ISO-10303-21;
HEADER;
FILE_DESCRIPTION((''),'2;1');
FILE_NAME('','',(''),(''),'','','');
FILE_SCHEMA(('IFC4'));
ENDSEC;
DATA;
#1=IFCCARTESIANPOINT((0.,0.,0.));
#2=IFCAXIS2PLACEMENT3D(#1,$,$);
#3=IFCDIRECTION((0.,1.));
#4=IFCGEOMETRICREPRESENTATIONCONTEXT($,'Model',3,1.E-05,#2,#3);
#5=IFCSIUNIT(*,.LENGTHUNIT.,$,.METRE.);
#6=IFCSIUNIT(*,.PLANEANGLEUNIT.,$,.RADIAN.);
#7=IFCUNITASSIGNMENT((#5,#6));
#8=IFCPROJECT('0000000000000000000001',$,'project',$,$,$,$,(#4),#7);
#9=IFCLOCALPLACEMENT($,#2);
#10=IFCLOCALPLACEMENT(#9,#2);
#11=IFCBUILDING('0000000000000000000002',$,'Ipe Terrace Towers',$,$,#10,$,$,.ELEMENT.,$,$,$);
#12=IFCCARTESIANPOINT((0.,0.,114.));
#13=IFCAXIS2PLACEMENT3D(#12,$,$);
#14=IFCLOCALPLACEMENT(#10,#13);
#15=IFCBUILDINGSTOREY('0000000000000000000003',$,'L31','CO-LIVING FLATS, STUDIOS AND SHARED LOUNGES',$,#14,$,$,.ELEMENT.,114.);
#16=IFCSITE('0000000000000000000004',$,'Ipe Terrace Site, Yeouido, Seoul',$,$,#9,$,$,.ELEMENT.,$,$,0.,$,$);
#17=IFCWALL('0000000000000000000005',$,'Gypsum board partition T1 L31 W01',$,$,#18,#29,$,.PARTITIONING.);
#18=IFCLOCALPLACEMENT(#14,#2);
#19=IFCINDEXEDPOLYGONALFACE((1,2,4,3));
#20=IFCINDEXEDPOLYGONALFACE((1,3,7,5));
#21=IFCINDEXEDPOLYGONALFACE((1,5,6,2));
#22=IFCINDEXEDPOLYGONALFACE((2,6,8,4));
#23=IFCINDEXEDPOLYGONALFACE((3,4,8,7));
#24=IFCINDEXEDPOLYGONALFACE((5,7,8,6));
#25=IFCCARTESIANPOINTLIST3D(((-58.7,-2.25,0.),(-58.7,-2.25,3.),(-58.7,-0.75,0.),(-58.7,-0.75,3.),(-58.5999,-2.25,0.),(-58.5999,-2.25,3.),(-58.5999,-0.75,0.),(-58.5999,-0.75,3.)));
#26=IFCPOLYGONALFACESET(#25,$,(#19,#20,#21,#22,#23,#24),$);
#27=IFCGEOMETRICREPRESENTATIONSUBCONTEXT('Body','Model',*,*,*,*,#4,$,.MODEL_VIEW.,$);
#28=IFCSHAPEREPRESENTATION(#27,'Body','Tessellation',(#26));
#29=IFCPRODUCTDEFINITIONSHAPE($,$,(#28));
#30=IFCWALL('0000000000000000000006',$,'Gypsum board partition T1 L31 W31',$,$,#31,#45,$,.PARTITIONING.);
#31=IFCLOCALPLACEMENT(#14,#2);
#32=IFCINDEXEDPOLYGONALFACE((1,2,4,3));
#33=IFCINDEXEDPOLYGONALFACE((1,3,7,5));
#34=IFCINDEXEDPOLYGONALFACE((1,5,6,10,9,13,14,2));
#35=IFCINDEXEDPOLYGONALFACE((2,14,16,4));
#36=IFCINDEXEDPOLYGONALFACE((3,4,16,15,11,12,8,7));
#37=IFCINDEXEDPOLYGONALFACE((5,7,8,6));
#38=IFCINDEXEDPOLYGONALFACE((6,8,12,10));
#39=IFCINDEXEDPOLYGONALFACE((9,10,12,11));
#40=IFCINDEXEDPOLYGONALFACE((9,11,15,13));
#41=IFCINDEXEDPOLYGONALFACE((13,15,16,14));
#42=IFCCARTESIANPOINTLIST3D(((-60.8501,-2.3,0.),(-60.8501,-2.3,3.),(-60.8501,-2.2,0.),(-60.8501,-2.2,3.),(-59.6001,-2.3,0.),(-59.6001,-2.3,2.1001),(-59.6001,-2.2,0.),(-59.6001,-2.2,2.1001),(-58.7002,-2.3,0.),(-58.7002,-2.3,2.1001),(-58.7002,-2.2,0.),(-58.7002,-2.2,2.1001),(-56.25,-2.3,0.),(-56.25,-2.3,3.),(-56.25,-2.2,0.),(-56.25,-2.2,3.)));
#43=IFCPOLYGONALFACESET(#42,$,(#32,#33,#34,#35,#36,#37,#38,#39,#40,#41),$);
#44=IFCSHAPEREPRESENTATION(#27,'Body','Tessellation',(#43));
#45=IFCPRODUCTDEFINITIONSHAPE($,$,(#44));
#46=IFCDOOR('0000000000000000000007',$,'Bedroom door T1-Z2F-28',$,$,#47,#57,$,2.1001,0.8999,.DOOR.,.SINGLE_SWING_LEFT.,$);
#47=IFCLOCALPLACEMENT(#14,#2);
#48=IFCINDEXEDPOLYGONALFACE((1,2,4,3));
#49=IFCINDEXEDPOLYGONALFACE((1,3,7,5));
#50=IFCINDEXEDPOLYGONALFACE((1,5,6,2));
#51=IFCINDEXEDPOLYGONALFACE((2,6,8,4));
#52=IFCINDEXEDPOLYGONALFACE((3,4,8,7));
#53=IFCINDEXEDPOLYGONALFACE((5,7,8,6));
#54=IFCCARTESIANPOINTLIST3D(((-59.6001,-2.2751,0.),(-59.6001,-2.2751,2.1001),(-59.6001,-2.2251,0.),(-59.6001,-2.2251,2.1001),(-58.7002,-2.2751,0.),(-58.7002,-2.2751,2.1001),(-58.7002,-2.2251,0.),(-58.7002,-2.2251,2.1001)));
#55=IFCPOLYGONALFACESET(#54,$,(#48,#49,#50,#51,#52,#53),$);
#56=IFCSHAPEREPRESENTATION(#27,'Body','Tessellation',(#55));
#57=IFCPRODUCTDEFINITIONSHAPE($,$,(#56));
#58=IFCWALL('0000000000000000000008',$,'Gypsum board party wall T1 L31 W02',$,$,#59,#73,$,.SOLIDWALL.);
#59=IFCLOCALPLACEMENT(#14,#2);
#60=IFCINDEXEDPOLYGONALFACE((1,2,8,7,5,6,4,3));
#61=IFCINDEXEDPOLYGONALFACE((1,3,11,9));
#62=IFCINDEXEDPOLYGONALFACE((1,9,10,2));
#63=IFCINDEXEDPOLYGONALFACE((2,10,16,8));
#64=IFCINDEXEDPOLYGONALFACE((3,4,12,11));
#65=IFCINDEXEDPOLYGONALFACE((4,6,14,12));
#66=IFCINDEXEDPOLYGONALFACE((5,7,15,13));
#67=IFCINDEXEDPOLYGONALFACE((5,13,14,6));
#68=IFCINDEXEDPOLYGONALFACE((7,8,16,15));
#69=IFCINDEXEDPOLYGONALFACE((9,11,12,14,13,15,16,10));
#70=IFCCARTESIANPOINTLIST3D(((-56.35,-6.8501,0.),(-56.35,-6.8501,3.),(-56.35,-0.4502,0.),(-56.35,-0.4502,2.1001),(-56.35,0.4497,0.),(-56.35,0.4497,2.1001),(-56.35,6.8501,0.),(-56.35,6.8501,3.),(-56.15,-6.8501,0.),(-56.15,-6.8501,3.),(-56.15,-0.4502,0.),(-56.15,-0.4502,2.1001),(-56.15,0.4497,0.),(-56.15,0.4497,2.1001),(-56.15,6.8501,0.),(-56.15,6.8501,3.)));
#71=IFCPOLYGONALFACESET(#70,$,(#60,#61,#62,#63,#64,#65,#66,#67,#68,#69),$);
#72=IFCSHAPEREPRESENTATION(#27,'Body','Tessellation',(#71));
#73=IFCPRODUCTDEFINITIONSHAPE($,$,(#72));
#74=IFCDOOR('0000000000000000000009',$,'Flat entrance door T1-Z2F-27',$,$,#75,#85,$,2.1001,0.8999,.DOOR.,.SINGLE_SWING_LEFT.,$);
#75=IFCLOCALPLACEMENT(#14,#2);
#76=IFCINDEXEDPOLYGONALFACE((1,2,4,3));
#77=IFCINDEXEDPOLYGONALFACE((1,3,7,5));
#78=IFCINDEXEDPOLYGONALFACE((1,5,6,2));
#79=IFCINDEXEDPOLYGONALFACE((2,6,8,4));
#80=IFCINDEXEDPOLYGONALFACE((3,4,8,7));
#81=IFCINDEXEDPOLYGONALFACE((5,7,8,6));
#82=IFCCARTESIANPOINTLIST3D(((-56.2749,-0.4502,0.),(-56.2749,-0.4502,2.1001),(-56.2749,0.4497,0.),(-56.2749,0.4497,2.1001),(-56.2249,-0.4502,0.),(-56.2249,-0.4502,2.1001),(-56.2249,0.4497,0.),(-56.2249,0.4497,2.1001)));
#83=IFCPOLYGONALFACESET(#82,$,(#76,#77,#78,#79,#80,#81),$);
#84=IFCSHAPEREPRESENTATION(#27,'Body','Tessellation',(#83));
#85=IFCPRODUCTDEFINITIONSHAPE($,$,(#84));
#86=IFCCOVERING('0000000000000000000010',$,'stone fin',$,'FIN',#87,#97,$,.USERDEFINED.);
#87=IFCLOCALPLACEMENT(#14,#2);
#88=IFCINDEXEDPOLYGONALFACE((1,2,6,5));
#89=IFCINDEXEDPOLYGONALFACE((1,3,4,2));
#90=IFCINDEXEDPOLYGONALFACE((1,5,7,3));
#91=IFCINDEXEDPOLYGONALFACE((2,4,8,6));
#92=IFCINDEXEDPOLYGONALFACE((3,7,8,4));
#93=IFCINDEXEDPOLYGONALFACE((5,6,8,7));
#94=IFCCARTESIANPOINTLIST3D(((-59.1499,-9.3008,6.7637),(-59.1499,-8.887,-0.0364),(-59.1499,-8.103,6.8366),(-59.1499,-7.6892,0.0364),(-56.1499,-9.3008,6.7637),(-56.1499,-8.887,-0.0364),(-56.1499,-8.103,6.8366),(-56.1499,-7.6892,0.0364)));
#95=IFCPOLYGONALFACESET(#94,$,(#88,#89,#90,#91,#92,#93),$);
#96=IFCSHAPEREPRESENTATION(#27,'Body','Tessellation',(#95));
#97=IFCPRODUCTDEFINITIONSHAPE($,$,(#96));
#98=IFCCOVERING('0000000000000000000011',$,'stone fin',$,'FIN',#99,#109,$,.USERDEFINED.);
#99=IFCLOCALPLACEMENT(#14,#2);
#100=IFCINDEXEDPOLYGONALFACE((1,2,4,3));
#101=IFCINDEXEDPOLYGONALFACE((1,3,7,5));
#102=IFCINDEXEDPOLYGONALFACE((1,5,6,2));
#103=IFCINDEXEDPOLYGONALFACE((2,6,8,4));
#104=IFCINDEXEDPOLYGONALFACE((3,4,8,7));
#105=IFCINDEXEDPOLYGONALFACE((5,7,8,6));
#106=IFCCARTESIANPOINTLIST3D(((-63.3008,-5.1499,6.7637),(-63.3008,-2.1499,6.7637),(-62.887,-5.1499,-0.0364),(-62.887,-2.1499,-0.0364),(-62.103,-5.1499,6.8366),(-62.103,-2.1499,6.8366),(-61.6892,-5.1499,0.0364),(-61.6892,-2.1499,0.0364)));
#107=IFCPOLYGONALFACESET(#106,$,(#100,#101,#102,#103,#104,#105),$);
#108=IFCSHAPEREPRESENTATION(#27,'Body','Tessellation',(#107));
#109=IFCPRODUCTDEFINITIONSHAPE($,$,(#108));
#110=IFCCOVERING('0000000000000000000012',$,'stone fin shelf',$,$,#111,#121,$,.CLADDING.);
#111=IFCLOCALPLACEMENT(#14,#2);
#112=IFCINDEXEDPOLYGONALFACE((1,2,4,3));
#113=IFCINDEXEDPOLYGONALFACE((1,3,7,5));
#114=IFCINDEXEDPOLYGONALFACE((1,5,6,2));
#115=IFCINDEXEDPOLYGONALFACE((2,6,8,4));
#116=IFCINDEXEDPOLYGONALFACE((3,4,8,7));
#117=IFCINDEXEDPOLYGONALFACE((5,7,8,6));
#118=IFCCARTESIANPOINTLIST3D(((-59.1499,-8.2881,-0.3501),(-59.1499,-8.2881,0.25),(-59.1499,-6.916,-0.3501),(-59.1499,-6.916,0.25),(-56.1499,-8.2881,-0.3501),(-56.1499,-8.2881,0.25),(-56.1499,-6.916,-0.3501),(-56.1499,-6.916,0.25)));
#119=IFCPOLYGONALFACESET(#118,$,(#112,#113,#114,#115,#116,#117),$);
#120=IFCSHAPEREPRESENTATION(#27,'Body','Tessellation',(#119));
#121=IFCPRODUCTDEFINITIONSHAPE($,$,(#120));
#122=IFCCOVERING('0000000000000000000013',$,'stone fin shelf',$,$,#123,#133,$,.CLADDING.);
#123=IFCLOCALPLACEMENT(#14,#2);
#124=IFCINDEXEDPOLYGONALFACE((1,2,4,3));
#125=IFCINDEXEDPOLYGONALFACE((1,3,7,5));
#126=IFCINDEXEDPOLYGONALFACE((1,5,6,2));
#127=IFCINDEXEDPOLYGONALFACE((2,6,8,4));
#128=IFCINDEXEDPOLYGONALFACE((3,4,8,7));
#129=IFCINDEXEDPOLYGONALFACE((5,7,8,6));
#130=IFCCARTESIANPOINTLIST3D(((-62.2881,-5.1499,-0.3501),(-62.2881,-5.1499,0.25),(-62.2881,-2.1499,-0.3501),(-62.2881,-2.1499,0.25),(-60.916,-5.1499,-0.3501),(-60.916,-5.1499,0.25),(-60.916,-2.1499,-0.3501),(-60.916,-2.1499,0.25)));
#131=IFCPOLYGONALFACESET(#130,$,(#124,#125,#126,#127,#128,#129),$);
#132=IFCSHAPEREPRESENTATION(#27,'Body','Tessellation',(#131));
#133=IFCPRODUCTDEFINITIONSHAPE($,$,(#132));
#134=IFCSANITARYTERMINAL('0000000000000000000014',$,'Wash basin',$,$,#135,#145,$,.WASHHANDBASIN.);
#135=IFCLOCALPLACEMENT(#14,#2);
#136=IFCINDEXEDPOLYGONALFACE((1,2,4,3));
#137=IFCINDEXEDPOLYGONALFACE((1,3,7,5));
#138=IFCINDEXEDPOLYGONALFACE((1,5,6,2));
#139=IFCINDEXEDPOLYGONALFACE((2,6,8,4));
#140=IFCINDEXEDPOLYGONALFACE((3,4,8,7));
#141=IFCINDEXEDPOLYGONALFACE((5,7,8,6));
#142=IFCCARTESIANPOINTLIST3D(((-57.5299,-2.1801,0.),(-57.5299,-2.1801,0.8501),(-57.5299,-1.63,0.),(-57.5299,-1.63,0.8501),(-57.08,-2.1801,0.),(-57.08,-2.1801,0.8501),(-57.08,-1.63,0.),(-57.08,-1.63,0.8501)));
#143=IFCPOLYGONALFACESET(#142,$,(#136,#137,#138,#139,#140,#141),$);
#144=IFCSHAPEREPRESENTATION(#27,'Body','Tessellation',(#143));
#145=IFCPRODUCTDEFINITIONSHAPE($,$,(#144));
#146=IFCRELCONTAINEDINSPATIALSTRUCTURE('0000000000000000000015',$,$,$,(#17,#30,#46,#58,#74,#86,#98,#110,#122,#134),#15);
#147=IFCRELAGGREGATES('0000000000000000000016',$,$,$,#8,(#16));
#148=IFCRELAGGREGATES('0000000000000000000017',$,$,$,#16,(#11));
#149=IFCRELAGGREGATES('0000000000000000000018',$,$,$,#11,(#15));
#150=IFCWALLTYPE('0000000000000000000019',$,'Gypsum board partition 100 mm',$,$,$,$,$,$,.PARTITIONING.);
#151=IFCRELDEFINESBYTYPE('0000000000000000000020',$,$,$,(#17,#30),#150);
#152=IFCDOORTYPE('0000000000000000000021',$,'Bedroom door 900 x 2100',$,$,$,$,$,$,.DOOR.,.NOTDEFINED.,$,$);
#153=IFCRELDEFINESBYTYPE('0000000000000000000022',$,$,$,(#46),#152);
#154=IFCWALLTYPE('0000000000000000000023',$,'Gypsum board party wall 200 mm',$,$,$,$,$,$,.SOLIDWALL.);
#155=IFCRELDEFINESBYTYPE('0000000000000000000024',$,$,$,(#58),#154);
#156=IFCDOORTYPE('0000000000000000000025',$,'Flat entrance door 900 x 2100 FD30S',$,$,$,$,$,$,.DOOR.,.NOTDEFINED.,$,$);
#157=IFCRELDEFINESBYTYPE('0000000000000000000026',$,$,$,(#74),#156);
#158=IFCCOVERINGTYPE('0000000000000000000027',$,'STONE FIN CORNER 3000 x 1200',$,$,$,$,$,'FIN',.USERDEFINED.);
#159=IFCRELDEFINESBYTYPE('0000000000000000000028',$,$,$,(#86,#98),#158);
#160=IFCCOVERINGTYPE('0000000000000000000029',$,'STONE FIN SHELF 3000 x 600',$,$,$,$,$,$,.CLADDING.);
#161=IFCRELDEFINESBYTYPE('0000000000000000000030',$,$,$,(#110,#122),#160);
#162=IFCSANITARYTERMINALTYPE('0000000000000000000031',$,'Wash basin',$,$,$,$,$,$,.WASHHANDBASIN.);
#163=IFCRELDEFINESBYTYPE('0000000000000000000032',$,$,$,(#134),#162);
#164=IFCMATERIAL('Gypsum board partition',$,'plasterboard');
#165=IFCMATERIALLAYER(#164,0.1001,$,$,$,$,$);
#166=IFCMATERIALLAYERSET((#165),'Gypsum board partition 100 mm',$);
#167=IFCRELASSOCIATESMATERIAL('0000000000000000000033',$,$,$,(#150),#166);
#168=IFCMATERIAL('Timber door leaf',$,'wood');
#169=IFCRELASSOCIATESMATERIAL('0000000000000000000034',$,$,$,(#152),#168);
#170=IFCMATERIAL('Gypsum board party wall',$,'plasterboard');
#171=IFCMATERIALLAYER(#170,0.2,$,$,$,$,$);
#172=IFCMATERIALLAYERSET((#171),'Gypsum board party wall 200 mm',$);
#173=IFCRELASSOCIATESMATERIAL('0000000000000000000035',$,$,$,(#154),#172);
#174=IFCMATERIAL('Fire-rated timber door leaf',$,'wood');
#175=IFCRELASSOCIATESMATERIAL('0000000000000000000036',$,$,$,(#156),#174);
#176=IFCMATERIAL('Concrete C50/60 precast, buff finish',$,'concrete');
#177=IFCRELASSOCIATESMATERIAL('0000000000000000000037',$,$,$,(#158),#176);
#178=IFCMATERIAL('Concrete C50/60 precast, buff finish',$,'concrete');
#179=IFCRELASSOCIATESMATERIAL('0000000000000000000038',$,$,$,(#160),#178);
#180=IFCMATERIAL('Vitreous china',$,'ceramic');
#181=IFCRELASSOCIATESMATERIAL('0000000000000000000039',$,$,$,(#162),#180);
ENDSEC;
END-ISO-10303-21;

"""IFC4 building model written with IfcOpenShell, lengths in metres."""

from ifc_helpers import new_model, si_unit, direction, frame, frame_2d, origin, origin_2d, place, context, subcontext, project, spatial, rectangle, extrude, material, layer, layer_set, material_profile, profile_set, type_object, element, fill, save


model = new_model("IFC4")

# Units and contexts
model_context = context("Model", 3, precision=1e-05, world=origin(), true_north=direction((0.0, 1.0)))
body_context = subcontext(model_context, "Body", "Model", "MODEL_VIEW")
ifc_project = project(units=[si_unit("LENGTHUNIT", "METRE"), si_unit("PLANEANGLEUNIT", "RADIAN")], contexts=[model_context])

# Site, building, storey
site_placement = place(None, origin())
site = spatial("IfcSite", under=ifc_project, at=site_placement, Name="Ipe Terrace Site, Yeouido, Seoul", CompositionType="ELEMENT", RefElevation=0.0)
building_placement = place(site_placement, origin())
building = spatial("IfcBuilding", under=site, at=building_placement, Name="Ipe Terrace Towers", CompositionType="ELEMENT")
storey_placement = place(building_placement, frame((0.0, 0.0, 114.0)))
storey = spatial("IfcBuildingStorey", under=building, at=storey_placement, Name="L31", Description="CO-LIVING FLATS, STUDIOS AND SHARED LOUNGES", CompositionType="ELEMENT", Elevation=114.0)

# Wall
ifc_material_1 = material(Name="Gypsum board partition", Category="plasterboard")
ifc_layer_1 = layer(ifc_material_1, 0.1001)
ifc_layer_set_1 = layer_set([ifc_layer_1], Name="Gypsum board partition 100 mm")
wall_type_1 = type_object("IfcWallType", Name="Gypsum board partition 100 mm", PredefinedType="PARTITIONING", material=ifc_layer_set_1)
wall_1_placement = place(storey_placement, frame((-58.6499, -2.25, 0.0), z_axis=(0.0, 0.0, 1.0), x_axis=(0.0, 1.0, 0.0)))
element("IfcWall", 1, at=wall_1_placement, inside=storey, type_object=wall_type_1, Name="Gypsum board partition T1 L31 W01", PredefinedType="PARTITIONING", context=body_context, shape_type="SweptSolid", body=[
    extrude(rectangle(XDim=1.5, YDim=0.1001, at=frame_2d((0.75, 0.0))), origin(), (0.0, 0.0, 1.0), 3.0),
])

# Walls, openings, doors
wall_2_placement = place(storey_placement, frame((-60.8501, -2.25, 0.0), z_axis=(0.0, 0.0, 1.0), x_axis=(1.0, 0.0, 0.0)))
wall_2 = element("IfcWall", 2, at=wall_2_placement, inside=storey, type_object=wall_type_1, Name="Gypsum board partition T1 L31 W31", PredefinedType="PARTITIONING", context=body_context, shape_type="SweptSolid", body=[
    extrude(rectangle(XDim=4.6001, YDim=0.1001, at=frame_2d((2.3, 0.0))), origin(), (0.0, 0.0, 1.0), 3.0),
])
opening_1_placement = place(wall_2_placement, frame((1.25, 0.0, 0.0)))
opening_1 = element("IfcOpeningElement", 3, at=opening_1_placement, cuts=wall_2, PredefinedType="OPENING", context=body_context, shape_type="SweptSolid", body=[
    extrude(rectangle(XDim=0.8999, YDim=2.1001, at=frame_2d((0.45, 1.05))), frame((0.0, 0.0601, 0.0), z_axis=(0.0, -1.0, 0.0), x_axis=(1.0, 0.0, 0.0)), (0.0, 0.0, 1.0), 0.1201),
])
ifc_material_2 = material(Name="Timber door leaf", Category="wood")
door_type_1 = type_object("IfcDoorType", Name="Bedroom door 900 x 2100", OperationType="NOTDEFINED", PredefinedType="DOOR", material=ifc_material_2)
door_1_placement = place(opening_1_placement, origin())
door_1 = element("IfcDoor", 4, at=door_1_placement, inside=storey, type_object=door_type_1, Name="Bedroom door T1-Z2F-28", OperationType="SINGLE_SWING_LEFT", OverallHeight=2.1001, OverallWidth=0.8999, PredefinedType="DOOR", context=body_context, shape_type="SweptSolid", body=[
    extrude(rectangle(XDim=0.8999, YDim=2.1001, at=frame_2d((0.45, 1.05))), frame((0.0, 0.0249, 0.0), z_axis=(0.0, -1.0, 0.0), x_axis=(1.0, 0.0, 0.0)), (0.0, 0.0, 1.0), 0.05),
])
fill(opening_1, door_1)
ifc_material_3 = material(Name="Gypsum board party wall", Category="plasterboard")
ifc_layer_2 = layer(ifc_material_3, 0.2)
ifc_layer_set_2 = layer_set([ifc_layer_2], Name="Gypsum board party wall 200 mm")
wall_type_2 = type_object("IfcWallType", Name="Gypsum board party wall 200 mm", PredefinedType="SOLIDWALL", material=ifc_layer_set_2)
wall_3_placement = place(storey_placement, frame((-56.25, -6.8501, 0.0), z_axis=(0.0, 0.0, 1.0), x_axis=(0.0, 1.0, 0.0)))
wall_3 = element("IfcWall", 5, at=wall_3_placement, inside=storey, type_object=wall_type_2, Name="Gypsum board party wall T1 L31 W02", PredefinedType="SOLIDWALL", context=body_context, shape_type="SweptSolid", body=[
    extrude(rectangle(XDim=13.7002, YDim=0.2, at=frame_2d((6.8501, 0.0))), origin(), (0.0, 0.0, 1.0), 3.0),
])
opening_2_placement = place(wall_3_placement, frame((6.3999, 0.0, 0.0)))
opening_2 = element("IfcOpeningElement", 6, at=opening_2_placement, cuts=wall_3, PredefinedType="OPENING", context=body_context, shape_type="SweptSolid", body=[
    extrude(rectangle(XDim=0.8999, YDim=2.1001, at=frame_2d((0.45, 1.05))), frame((0.0, 0.1099, 0.0), z_axis=(0.0, -1.0, 0.0), x_axis=(1.0, 0.0, 0.0)), (0.0, 0.0, 1.0), 0.22),
])
ifc_material_4 = material(Name="Fire-rated timber door leaf", Category="wood")
door_type_2 = type_object("IfcDoorType", Name="Flat entrance door 900 x 2100 FD30S", OperationType="NOTDEFINED", PredefinedType="DOOR", material=ifc_material_4)
door_2_placement = place(opening_2_placement, origin())
door_2 = element("IfcDoor", 7, at=door_2_placement, inside=storey, type_object=door_type_2, Name="Flat entrance door T1-Z2F-27", OperationType="SINGLE_SWING_LEFT", OverallHeight=2.1001, OverallWidth=0.8999, PredefinedType="DOOR", context=body_context, shape_type="SweptSolid", body=[
    extrude(rectangle(XDim=0.8999, YDim=2.1001, at=frame_2d((0.45, 1.05))), frame((0.0, 0.0249, 0.0), z_axis=(0.0, -1.0, 0.0), x_axis=(1.0, 0.0, 0.0)), (0.0, 0.0, 1.0), 0.05),
])
fill(opening_2, door_2)

# Coverings
ifc_material_5 = material(Name="Concrete C50/60 precast, buff finish", Category="concrete")
ifc_material_profile_1 = material_profile(ifc_material_5, rectangle(XDim=3.0, YDim=1.2, at=origin_2d()), Name="STONE FIN CORNER 3000 x 1200")
ifc_profile_set_1 = profile_set([ifc_material_profile_1], Name="Concrete C50/60 precast, buff finish")
covering_type_1 = type_object("IfcCoveringType", Name="STONE FIN CORNER 3000 x 1200", ElementType="FIN", PredefinedType="USERDEFINED", material=ifc_profile_set_1)
for number, where, z_axis, x_axis, name in (
    (8, (-57.6499, -8.2881, 0.0), (0.0, -0.060743, 0.998153), (1.0, 0.0, 0.0), "stone fin"),
    (9, (-62.2881, -3.6499, 0.0), (-0.060743, 0.0, 0.998153), (0.0, -1.0, 0.0), "stone fin"),
):
    element("IfcCovering", number, at=place(storey_placement, frame(where, z_axis=z_axis, x_axis=x_axis)), inside=storey, type_object=covering_type_1, Name=name, ObjectType="FIN", PredefinedType="USERDEFINED", context=body_context, shape_type="SweptSolid", body=[
        extrude(rectangle(XDim=3.0, YDim=1.2, at=origin_2d()), origin(), (0.0, 0.0, 1.0), 6.8127),
    ])
ifc_material_6 = material(Name="Concrete C50/60 precast, buff finish", Category="concrete")
covering_type_2 = type_object("IfcCoveringType", Name="STONE FIN SHELF 3000 x 600", PredefinedType="CLADDING", material=ifc_material_6)
for number, where, z_axis, x_axis, name in (
    (10, (-57.6499, -7.6021, -0.3501), (0.0, 0.0, 1.0), (1.0, 0.0, 0.0), "stone fin shelf"),
    (11, (-61.6021, -3.6499, -0.3501), (0.0, 0.0, 1.0), (0.0, -1.0, 0.0), "stone fin shelf"),
):
    element("IfcCovering", number, at=place(storey_placement, frame(where, z_axis=z_axis, x_axis=x_axis)), inside=storey, type_object=covering_type_2, Name=name, PredefinedType="CLADDING", context=body_context, shape_type="SweptSolid", body=[
        extrude(rectangle(XDim=3.0, YDim=1.3721, at=origin_2d()), origin(), (0.0, 0.0, 1.0), 0.6001),
    ])

# Sanitary terminal
ifc_material_7 = material(Name="Vitreous china", Category="ceramic")
sanitary_terminal_type = type_object("IfcSanitaryTerminalType", Name="Wash basin", PredefinedType="WASHHANDBASIN", material=ifc_material_7)
sanitary_terminal_placement = place(storey_placement, frame((-57.3049, -1.905, 0.0), z_axis=(0.0, 0.0, 1.0), x_axis=(0.0, 1.0, 0.0)))
element("IfcSanitaryTerminal", 12, at=sanitary_terminal_placement, inside=storey, type_object=sanitary_terminal_type, Name="Wash basin", PredefinedType="WASHHANDBASIN", context=body_context, shape_type="SweptSolid", body=[
    extrude(rectangle(XDim=0.55, YDim=0.45, at=origin_2d()), origin(), (0.0, 0.0, 1.0), 0.8501),
])

save(model, "model.ifc")
